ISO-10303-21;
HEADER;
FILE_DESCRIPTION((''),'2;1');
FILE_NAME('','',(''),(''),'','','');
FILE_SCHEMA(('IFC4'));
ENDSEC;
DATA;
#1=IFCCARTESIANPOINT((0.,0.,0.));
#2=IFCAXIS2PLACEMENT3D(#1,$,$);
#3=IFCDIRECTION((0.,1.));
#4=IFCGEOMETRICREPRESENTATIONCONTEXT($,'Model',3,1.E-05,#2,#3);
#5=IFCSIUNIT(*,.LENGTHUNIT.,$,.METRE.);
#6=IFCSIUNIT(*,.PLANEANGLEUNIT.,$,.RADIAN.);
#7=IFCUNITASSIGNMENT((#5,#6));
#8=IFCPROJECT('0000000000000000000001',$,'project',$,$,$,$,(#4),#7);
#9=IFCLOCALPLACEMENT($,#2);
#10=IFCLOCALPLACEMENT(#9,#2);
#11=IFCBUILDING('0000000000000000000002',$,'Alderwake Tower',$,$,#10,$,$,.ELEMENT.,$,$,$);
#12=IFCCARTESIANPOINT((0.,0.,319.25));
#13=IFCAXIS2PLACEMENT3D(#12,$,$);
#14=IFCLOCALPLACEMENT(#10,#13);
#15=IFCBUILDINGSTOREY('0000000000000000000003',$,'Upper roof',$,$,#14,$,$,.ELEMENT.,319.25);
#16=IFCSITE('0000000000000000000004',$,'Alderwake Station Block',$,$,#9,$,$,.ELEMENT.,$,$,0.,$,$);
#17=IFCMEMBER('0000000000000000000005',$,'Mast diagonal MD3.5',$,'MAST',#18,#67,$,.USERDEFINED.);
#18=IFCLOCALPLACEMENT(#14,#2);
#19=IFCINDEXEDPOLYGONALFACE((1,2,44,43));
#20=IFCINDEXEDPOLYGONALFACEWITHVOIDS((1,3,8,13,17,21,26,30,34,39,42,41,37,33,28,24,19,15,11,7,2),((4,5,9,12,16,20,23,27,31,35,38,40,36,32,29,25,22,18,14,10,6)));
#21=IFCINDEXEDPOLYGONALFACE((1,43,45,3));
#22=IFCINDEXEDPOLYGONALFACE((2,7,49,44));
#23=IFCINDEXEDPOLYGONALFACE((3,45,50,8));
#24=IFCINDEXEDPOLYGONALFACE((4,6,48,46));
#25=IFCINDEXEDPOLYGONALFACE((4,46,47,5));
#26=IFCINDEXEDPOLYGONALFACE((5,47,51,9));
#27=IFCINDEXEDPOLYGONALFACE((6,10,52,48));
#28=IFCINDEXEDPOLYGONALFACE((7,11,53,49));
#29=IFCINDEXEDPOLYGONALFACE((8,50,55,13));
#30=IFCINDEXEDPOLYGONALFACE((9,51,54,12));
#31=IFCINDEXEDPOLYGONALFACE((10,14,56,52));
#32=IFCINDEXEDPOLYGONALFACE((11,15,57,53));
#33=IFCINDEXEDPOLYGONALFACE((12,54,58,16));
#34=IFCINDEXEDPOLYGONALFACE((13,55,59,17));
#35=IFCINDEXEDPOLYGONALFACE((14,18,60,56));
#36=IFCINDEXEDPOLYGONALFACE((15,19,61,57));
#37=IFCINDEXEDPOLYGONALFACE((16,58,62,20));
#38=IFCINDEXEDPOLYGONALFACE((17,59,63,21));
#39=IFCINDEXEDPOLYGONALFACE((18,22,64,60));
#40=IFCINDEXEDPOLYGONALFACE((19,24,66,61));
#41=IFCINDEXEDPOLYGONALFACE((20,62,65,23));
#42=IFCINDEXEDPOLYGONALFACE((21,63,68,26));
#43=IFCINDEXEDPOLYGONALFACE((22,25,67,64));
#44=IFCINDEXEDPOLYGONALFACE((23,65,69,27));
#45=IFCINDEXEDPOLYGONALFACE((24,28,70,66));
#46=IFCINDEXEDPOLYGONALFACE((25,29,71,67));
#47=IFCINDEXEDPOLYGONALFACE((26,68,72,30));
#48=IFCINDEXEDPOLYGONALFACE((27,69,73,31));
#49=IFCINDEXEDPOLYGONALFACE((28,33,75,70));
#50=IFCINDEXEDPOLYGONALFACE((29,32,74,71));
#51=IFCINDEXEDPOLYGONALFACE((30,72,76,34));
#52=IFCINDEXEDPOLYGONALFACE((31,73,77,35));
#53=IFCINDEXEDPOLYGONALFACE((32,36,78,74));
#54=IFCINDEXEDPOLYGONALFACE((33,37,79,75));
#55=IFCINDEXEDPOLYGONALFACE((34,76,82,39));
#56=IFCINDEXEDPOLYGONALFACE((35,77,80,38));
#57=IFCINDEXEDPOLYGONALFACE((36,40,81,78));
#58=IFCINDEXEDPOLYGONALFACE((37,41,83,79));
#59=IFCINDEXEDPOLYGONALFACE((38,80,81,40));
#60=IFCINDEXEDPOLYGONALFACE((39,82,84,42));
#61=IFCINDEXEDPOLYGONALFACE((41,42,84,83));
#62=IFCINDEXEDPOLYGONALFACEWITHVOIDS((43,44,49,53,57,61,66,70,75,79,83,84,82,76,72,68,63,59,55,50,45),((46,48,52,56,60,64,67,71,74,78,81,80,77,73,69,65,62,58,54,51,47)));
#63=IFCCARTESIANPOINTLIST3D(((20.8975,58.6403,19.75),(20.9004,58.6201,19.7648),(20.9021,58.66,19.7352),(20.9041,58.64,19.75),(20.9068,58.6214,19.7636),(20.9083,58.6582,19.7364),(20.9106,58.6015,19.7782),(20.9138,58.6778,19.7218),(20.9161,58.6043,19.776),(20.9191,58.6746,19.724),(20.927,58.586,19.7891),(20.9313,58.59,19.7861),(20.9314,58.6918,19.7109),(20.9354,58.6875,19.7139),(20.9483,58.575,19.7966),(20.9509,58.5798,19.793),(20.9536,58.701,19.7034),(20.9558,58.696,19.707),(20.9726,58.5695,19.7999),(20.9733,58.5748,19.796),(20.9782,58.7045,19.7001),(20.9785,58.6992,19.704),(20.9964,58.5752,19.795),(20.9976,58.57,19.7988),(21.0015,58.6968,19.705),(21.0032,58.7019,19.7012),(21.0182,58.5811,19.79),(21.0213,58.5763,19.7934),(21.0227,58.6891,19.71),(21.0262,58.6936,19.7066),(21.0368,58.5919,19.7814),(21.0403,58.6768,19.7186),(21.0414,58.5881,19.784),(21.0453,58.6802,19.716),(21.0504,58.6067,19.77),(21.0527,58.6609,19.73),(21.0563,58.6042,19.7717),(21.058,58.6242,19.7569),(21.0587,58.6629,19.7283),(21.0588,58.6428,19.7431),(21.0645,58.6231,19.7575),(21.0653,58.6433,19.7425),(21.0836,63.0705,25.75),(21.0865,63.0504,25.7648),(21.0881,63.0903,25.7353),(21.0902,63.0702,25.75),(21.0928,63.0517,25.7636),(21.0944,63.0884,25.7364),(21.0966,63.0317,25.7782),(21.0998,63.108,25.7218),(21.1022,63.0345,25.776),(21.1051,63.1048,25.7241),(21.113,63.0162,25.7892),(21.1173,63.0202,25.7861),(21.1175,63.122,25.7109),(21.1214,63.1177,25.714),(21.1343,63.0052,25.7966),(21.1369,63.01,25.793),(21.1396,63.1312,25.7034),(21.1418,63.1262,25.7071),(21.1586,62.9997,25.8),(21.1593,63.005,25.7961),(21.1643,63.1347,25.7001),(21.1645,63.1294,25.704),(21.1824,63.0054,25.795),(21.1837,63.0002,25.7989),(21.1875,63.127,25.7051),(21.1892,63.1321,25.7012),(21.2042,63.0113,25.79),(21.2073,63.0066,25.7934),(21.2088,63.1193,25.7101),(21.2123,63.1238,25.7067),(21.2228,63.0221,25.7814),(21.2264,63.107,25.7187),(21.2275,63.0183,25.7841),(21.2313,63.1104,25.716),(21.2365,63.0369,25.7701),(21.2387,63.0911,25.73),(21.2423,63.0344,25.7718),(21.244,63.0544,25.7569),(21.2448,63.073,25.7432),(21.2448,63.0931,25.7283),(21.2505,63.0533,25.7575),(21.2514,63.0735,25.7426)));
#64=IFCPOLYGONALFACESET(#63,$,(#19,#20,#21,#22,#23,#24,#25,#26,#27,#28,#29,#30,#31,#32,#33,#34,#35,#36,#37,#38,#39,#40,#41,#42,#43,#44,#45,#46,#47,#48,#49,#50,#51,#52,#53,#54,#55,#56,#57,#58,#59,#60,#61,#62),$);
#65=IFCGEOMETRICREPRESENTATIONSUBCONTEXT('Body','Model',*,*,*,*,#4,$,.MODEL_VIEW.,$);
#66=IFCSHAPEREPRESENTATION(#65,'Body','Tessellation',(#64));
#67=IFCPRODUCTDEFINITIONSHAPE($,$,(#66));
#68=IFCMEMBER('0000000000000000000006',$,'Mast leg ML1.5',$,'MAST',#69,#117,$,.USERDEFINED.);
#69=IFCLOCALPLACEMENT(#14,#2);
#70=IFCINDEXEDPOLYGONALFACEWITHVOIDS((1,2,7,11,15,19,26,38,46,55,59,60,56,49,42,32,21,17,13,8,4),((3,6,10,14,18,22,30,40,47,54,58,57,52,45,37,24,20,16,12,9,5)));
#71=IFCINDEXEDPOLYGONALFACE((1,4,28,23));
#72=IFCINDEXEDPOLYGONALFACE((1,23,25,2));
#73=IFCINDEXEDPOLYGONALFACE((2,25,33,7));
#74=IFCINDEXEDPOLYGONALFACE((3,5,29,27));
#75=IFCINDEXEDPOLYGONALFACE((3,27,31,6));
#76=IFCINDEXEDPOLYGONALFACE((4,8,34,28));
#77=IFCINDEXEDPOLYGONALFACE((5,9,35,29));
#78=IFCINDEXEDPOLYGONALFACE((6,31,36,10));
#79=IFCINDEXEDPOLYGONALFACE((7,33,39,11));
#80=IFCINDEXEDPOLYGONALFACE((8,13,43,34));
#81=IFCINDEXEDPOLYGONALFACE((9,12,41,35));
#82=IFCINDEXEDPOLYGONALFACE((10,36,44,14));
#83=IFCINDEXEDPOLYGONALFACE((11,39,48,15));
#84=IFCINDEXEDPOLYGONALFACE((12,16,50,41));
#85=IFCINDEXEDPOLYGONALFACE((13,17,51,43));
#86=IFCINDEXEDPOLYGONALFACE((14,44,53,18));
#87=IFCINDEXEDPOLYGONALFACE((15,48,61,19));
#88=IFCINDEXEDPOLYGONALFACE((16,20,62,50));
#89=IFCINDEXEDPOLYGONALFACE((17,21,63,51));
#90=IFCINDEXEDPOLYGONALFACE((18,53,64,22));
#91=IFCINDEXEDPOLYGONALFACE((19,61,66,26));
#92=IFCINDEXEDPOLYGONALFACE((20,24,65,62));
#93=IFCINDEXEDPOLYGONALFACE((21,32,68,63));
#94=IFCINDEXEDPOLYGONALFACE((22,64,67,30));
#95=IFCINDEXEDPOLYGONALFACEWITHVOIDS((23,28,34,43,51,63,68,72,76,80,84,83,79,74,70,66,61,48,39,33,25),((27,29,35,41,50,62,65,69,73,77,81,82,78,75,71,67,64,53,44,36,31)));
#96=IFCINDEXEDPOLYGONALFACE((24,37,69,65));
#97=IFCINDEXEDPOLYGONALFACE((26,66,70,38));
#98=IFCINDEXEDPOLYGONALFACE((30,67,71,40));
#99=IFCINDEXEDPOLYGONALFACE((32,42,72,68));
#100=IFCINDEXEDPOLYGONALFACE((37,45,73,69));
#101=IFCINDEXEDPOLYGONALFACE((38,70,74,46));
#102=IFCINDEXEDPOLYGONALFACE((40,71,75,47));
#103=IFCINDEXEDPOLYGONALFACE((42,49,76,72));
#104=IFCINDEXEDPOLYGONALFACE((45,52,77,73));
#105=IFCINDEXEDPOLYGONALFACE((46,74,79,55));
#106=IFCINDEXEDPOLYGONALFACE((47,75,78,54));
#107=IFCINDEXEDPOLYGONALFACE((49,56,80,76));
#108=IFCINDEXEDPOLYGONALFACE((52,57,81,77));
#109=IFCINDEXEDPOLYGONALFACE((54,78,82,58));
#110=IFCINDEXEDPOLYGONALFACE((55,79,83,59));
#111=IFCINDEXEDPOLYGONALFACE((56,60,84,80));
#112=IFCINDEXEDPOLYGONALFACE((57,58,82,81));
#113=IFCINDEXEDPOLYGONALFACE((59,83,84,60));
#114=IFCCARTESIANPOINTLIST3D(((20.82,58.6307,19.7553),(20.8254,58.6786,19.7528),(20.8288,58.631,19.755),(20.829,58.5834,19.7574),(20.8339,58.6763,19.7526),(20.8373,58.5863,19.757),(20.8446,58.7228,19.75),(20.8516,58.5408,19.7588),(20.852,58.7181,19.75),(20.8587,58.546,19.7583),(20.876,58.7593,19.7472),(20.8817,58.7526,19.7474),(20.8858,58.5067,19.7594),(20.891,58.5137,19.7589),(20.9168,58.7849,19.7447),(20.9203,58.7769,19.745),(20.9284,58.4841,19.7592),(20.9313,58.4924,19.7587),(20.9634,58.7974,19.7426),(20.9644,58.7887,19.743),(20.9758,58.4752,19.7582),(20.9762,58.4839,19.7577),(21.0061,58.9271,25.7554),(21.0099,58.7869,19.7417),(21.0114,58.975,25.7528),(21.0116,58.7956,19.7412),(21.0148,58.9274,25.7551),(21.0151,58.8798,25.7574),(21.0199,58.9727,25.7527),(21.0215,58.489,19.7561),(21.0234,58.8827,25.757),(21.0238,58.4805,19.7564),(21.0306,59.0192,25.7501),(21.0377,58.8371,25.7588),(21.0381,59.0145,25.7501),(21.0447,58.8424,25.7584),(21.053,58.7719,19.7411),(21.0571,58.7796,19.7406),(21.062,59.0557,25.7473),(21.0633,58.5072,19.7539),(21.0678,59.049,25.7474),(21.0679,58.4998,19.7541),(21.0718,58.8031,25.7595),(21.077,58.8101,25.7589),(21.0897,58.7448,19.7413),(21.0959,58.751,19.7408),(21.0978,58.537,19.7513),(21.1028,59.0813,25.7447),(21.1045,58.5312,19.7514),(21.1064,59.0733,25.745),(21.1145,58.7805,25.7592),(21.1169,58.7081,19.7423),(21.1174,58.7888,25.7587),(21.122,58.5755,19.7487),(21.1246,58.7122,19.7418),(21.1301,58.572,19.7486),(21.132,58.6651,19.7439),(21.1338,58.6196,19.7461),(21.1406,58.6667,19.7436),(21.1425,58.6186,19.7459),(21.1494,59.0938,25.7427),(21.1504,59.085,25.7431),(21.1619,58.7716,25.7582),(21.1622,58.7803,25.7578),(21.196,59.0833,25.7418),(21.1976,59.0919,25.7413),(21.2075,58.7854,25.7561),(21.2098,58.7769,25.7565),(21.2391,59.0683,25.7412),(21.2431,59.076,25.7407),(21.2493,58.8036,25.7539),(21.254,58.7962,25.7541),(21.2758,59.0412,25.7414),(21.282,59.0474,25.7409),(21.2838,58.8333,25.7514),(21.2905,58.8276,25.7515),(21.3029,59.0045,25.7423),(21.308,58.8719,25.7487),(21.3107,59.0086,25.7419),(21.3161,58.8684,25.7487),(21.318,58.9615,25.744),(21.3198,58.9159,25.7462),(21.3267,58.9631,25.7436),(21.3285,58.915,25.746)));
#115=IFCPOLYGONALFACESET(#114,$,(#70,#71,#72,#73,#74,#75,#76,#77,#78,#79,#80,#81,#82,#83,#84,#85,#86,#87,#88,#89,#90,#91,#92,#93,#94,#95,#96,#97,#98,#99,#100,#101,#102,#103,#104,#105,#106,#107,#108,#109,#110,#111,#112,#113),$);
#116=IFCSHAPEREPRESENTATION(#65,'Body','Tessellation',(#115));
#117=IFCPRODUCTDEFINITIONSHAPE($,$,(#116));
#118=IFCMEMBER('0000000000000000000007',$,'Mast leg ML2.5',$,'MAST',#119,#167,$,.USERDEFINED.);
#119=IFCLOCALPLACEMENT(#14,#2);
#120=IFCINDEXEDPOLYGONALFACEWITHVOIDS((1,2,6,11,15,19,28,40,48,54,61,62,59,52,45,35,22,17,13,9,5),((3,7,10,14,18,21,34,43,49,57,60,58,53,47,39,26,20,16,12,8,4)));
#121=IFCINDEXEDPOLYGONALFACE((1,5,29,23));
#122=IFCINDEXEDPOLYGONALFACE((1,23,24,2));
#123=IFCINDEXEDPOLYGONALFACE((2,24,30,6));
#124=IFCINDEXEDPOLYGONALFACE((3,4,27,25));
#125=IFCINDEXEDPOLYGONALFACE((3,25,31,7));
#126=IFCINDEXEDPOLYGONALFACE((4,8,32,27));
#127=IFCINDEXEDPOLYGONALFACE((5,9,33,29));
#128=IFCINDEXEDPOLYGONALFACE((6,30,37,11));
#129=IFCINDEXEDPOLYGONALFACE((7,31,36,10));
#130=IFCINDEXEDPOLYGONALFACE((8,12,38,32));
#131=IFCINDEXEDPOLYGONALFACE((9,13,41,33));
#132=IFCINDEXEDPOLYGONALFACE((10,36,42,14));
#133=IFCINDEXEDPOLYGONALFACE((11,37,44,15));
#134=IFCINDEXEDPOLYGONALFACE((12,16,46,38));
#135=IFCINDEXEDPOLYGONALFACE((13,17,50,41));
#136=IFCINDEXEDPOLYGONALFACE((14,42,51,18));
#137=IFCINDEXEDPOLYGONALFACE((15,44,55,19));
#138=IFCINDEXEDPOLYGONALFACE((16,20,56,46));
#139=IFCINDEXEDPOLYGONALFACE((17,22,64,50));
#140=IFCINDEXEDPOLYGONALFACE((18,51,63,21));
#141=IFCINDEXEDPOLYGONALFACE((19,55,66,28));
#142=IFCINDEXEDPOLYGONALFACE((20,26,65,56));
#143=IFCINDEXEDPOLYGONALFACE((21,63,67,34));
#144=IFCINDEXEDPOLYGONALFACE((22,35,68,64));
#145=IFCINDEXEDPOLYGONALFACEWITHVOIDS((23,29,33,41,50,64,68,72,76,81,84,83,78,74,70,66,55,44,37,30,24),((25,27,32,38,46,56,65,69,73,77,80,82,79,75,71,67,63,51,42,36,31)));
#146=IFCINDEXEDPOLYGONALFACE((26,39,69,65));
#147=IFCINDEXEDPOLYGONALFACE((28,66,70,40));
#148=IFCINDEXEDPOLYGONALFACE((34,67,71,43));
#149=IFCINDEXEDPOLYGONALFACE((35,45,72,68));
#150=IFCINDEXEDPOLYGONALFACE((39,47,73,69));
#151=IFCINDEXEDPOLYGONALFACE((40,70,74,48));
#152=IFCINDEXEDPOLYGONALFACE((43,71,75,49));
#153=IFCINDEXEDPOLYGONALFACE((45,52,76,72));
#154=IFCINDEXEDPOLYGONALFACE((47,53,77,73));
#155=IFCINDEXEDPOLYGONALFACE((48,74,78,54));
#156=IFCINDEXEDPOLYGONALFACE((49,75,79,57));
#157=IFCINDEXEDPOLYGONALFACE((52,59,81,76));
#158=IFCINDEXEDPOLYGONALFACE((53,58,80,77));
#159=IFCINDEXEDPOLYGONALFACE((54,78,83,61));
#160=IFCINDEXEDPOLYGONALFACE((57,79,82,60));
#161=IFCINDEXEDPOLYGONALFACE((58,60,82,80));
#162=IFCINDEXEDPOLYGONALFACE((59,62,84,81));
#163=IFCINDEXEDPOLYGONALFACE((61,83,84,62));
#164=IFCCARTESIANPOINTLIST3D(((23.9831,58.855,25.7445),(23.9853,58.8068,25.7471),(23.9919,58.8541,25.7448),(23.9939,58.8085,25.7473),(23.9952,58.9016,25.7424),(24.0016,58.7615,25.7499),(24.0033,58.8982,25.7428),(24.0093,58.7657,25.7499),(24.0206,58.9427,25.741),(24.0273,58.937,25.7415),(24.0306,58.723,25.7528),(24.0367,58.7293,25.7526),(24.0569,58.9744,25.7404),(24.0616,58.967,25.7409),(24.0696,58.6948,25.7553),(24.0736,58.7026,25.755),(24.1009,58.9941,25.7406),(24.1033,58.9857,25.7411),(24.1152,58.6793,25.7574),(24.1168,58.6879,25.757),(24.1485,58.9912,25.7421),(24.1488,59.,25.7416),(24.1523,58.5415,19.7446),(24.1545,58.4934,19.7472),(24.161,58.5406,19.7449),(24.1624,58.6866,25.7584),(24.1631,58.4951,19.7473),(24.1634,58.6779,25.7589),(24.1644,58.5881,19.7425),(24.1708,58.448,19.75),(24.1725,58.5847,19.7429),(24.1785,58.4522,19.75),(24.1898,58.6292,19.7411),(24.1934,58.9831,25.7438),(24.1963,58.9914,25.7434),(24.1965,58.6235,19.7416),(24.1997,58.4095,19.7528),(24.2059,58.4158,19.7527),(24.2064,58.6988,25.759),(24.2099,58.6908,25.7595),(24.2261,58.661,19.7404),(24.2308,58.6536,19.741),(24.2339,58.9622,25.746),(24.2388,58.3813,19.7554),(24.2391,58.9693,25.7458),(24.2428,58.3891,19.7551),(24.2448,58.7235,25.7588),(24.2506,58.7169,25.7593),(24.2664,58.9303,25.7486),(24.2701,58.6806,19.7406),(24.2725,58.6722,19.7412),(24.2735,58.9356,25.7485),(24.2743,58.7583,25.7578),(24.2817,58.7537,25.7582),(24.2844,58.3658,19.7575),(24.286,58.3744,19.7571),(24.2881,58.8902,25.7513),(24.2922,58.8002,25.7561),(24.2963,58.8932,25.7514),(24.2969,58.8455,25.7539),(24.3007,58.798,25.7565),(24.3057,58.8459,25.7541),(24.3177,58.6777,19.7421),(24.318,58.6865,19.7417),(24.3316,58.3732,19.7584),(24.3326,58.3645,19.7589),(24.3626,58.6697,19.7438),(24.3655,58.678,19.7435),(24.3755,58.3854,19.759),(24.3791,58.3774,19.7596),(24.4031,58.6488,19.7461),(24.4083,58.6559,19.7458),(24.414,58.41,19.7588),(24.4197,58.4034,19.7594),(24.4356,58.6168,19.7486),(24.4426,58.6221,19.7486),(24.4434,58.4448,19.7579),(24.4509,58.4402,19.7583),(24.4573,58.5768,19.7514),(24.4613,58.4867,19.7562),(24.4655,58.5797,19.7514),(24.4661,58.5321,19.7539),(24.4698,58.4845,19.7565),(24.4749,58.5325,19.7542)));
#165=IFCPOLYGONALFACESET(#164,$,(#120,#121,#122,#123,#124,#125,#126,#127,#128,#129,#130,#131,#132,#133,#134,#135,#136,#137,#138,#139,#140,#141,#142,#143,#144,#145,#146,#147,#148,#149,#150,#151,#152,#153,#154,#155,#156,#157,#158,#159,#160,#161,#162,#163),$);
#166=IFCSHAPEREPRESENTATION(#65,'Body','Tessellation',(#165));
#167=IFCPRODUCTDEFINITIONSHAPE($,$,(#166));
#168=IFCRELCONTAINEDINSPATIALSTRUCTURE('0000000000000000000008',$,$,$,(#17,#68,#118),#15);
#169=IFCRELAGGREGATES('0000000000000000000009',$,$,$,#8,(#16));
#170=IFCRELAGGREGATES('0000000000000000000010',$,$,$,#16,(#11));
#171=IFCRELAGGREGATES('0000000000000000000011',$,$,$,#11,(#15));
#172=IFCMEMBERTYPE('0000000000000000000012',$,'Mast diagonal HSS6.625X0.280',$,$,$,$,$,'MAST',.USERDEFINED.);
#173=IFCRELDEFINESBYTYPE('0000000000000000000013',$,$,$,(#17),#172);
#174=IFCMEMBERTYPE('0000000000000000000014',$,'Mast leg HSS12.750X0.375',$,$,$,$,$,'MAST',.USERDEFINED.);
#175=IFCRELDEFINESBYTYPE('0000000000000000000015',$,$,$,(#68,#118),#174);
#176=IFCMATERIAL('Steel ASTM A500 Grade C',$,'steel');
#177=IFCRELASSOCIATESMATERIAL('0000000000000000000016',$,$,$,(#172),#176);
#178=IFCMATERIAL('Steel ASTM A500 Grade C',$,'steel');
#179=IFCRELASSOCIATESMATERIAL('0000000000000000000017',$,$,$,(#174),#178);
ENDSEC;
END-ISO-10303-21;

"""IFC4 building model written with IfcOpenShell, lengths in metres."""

from ifc_helpers import new_model, si_unit, direction, frame, origin, origin_2d, place, context, subcontext, project, spatial, hollow_circle, extrude, material, material_profile, profile_set, type_object, element, save


model = new_model("IFC4")

# Units and contexts
model_context = context("Model", 3, precision=1e-05, world=origin(), true_north=direction((0.0, 1.0)))
body_context = subcontext(model_context, "Body", "Model", "MODEL_VIEW")
ifc_project = project(units=[si_unit("LENGTHUNIT", "METRE"), si_unit("PLANEANGLEUNIT", "RADIAN")], contexts=[model_context])

# Site, building, storey
site_placement = place(None, origin())
site = spatial("IfcSite", under=ifc_project, at=site_placement, Name="Alderwake Station Block", CompositionType="ELEMENT", RefElevation=0.0)
building_placement = place(site_placement, origin())
building = spatial("IfcBuilding", under=site, at=building_placement, Name="Alderwake Tower", CompositionType="ELEMENT")
storey_placement = place(building_placement, frame((0.0, 0.0, 319.25)))
storey = spatial("IfcBuildingStorey", under=building, at=storey_placement, Name="Upper roof", CompositionType="ELEMENT", Elevation=319.25)

# Members
ifc_material_1 = material(Name="Steel ASTM A500 Grade C", Category="steel")
ifc_material_profile_1 = material_profile(ifc_material_1, hollow_circle(Radius=0.0842, WallThickness=0.0066, at=origin_2d()), Name="HSS6.625X0.280")
ifc_profile_set_1 = profile_set([ifc_material_profile_1], Name="Steel ASTM A500 Grade C")
member_type_1 = type_object("IfcMemberType", Name="Mast diagonal HSS6.625X0.280", ElementType="MAST", PredefinedType="USERDEFINED", material=ifc_profile_set_1)
member_1_placement = place(storey_placement, frame((20.9817, 58.6367, 19.75), z_axis=(0.024936, 0.593807, 0.804221), x_axis=(-0.999119, 0.041956, 0.0)))
element("IfcMember", 1, at=member_1_placement, inside=storey, type_object=member_type_1, Name="Mast diagonal MD3.5", ObjectType="MAST", PredefinedType="USERDEFINED", context=body_context, shape_type="SweptSolid", body=[
    extrude(hollow_circle(Radius=0.0842, WallThickness=0.0066, at=origin_2d()), origin(), (0.0, 0.0, 1.0), 7.4607),
])
ifc_material_2 = material(Name="Steel ASTM A500 Grade C", Category="steel")
ifc_material_profile_2 = material_profile(ifc_material_2, hollow_circle(Radius=0.1619, WallThickness=0.0088, at=origin_2d()), Name="HSS12.750X0.375")
ifc_profile_set_2 = profile_set([ifc_material_profile_2], Name="Steel ASTM A500 Grade C")
member_type_2 = type_object("IfcMemberType", Name="Mast leg HSS12.750X0.375", ElementType="MAST", PredefinedType="USERDEFINED", material=ifc_profile_set_2)
member_2_placement = place(storey_placement, frame((20.9817, 58.6367, 19.75), z_axis=(0.030953, 0.049314, 0.998304), x_axis=(-0.846978, 0.531628, 0.0)))
element("IfcMember", 2, at=member_2_placement, inside=storey, type_object=member_type_2, Name="Mast leg ML1.5", ObjectType="MAST", PredefinedType="USERDEFINED", context=body_context, shape_type="SweptSolid", body=[
    extrude(hollow_circle(Radius=0.1619, WallThickness=0.0088, at=origin_2d()), origin(), (0.0, 0.0, 1.0), 6.0103),
])
member_3_placement = place(storey_placement, frame((24.3132, 58.5249, 19.75), z_axis=(-0.028149, 0.052154, 0.998242), x_axis=(-0.880009, -0.474958, 0.0)))
element("IfcMember", 3, at=member_3_placement, inside=storey, type_object=member_type_2, Name="Mast leg ML2.5", ObjectType="MAST", PredefinedType="USERDEFINED", context=body_context, shape_type="SweptSolid", body=[
    extrude(hollow_circle(Radius=0.1619, WallThickness=0.0088, at=origin_2d()), origin(), (0.0, 0.0, 1.0), 6.0105),
])

save(model, "model.ifc")
